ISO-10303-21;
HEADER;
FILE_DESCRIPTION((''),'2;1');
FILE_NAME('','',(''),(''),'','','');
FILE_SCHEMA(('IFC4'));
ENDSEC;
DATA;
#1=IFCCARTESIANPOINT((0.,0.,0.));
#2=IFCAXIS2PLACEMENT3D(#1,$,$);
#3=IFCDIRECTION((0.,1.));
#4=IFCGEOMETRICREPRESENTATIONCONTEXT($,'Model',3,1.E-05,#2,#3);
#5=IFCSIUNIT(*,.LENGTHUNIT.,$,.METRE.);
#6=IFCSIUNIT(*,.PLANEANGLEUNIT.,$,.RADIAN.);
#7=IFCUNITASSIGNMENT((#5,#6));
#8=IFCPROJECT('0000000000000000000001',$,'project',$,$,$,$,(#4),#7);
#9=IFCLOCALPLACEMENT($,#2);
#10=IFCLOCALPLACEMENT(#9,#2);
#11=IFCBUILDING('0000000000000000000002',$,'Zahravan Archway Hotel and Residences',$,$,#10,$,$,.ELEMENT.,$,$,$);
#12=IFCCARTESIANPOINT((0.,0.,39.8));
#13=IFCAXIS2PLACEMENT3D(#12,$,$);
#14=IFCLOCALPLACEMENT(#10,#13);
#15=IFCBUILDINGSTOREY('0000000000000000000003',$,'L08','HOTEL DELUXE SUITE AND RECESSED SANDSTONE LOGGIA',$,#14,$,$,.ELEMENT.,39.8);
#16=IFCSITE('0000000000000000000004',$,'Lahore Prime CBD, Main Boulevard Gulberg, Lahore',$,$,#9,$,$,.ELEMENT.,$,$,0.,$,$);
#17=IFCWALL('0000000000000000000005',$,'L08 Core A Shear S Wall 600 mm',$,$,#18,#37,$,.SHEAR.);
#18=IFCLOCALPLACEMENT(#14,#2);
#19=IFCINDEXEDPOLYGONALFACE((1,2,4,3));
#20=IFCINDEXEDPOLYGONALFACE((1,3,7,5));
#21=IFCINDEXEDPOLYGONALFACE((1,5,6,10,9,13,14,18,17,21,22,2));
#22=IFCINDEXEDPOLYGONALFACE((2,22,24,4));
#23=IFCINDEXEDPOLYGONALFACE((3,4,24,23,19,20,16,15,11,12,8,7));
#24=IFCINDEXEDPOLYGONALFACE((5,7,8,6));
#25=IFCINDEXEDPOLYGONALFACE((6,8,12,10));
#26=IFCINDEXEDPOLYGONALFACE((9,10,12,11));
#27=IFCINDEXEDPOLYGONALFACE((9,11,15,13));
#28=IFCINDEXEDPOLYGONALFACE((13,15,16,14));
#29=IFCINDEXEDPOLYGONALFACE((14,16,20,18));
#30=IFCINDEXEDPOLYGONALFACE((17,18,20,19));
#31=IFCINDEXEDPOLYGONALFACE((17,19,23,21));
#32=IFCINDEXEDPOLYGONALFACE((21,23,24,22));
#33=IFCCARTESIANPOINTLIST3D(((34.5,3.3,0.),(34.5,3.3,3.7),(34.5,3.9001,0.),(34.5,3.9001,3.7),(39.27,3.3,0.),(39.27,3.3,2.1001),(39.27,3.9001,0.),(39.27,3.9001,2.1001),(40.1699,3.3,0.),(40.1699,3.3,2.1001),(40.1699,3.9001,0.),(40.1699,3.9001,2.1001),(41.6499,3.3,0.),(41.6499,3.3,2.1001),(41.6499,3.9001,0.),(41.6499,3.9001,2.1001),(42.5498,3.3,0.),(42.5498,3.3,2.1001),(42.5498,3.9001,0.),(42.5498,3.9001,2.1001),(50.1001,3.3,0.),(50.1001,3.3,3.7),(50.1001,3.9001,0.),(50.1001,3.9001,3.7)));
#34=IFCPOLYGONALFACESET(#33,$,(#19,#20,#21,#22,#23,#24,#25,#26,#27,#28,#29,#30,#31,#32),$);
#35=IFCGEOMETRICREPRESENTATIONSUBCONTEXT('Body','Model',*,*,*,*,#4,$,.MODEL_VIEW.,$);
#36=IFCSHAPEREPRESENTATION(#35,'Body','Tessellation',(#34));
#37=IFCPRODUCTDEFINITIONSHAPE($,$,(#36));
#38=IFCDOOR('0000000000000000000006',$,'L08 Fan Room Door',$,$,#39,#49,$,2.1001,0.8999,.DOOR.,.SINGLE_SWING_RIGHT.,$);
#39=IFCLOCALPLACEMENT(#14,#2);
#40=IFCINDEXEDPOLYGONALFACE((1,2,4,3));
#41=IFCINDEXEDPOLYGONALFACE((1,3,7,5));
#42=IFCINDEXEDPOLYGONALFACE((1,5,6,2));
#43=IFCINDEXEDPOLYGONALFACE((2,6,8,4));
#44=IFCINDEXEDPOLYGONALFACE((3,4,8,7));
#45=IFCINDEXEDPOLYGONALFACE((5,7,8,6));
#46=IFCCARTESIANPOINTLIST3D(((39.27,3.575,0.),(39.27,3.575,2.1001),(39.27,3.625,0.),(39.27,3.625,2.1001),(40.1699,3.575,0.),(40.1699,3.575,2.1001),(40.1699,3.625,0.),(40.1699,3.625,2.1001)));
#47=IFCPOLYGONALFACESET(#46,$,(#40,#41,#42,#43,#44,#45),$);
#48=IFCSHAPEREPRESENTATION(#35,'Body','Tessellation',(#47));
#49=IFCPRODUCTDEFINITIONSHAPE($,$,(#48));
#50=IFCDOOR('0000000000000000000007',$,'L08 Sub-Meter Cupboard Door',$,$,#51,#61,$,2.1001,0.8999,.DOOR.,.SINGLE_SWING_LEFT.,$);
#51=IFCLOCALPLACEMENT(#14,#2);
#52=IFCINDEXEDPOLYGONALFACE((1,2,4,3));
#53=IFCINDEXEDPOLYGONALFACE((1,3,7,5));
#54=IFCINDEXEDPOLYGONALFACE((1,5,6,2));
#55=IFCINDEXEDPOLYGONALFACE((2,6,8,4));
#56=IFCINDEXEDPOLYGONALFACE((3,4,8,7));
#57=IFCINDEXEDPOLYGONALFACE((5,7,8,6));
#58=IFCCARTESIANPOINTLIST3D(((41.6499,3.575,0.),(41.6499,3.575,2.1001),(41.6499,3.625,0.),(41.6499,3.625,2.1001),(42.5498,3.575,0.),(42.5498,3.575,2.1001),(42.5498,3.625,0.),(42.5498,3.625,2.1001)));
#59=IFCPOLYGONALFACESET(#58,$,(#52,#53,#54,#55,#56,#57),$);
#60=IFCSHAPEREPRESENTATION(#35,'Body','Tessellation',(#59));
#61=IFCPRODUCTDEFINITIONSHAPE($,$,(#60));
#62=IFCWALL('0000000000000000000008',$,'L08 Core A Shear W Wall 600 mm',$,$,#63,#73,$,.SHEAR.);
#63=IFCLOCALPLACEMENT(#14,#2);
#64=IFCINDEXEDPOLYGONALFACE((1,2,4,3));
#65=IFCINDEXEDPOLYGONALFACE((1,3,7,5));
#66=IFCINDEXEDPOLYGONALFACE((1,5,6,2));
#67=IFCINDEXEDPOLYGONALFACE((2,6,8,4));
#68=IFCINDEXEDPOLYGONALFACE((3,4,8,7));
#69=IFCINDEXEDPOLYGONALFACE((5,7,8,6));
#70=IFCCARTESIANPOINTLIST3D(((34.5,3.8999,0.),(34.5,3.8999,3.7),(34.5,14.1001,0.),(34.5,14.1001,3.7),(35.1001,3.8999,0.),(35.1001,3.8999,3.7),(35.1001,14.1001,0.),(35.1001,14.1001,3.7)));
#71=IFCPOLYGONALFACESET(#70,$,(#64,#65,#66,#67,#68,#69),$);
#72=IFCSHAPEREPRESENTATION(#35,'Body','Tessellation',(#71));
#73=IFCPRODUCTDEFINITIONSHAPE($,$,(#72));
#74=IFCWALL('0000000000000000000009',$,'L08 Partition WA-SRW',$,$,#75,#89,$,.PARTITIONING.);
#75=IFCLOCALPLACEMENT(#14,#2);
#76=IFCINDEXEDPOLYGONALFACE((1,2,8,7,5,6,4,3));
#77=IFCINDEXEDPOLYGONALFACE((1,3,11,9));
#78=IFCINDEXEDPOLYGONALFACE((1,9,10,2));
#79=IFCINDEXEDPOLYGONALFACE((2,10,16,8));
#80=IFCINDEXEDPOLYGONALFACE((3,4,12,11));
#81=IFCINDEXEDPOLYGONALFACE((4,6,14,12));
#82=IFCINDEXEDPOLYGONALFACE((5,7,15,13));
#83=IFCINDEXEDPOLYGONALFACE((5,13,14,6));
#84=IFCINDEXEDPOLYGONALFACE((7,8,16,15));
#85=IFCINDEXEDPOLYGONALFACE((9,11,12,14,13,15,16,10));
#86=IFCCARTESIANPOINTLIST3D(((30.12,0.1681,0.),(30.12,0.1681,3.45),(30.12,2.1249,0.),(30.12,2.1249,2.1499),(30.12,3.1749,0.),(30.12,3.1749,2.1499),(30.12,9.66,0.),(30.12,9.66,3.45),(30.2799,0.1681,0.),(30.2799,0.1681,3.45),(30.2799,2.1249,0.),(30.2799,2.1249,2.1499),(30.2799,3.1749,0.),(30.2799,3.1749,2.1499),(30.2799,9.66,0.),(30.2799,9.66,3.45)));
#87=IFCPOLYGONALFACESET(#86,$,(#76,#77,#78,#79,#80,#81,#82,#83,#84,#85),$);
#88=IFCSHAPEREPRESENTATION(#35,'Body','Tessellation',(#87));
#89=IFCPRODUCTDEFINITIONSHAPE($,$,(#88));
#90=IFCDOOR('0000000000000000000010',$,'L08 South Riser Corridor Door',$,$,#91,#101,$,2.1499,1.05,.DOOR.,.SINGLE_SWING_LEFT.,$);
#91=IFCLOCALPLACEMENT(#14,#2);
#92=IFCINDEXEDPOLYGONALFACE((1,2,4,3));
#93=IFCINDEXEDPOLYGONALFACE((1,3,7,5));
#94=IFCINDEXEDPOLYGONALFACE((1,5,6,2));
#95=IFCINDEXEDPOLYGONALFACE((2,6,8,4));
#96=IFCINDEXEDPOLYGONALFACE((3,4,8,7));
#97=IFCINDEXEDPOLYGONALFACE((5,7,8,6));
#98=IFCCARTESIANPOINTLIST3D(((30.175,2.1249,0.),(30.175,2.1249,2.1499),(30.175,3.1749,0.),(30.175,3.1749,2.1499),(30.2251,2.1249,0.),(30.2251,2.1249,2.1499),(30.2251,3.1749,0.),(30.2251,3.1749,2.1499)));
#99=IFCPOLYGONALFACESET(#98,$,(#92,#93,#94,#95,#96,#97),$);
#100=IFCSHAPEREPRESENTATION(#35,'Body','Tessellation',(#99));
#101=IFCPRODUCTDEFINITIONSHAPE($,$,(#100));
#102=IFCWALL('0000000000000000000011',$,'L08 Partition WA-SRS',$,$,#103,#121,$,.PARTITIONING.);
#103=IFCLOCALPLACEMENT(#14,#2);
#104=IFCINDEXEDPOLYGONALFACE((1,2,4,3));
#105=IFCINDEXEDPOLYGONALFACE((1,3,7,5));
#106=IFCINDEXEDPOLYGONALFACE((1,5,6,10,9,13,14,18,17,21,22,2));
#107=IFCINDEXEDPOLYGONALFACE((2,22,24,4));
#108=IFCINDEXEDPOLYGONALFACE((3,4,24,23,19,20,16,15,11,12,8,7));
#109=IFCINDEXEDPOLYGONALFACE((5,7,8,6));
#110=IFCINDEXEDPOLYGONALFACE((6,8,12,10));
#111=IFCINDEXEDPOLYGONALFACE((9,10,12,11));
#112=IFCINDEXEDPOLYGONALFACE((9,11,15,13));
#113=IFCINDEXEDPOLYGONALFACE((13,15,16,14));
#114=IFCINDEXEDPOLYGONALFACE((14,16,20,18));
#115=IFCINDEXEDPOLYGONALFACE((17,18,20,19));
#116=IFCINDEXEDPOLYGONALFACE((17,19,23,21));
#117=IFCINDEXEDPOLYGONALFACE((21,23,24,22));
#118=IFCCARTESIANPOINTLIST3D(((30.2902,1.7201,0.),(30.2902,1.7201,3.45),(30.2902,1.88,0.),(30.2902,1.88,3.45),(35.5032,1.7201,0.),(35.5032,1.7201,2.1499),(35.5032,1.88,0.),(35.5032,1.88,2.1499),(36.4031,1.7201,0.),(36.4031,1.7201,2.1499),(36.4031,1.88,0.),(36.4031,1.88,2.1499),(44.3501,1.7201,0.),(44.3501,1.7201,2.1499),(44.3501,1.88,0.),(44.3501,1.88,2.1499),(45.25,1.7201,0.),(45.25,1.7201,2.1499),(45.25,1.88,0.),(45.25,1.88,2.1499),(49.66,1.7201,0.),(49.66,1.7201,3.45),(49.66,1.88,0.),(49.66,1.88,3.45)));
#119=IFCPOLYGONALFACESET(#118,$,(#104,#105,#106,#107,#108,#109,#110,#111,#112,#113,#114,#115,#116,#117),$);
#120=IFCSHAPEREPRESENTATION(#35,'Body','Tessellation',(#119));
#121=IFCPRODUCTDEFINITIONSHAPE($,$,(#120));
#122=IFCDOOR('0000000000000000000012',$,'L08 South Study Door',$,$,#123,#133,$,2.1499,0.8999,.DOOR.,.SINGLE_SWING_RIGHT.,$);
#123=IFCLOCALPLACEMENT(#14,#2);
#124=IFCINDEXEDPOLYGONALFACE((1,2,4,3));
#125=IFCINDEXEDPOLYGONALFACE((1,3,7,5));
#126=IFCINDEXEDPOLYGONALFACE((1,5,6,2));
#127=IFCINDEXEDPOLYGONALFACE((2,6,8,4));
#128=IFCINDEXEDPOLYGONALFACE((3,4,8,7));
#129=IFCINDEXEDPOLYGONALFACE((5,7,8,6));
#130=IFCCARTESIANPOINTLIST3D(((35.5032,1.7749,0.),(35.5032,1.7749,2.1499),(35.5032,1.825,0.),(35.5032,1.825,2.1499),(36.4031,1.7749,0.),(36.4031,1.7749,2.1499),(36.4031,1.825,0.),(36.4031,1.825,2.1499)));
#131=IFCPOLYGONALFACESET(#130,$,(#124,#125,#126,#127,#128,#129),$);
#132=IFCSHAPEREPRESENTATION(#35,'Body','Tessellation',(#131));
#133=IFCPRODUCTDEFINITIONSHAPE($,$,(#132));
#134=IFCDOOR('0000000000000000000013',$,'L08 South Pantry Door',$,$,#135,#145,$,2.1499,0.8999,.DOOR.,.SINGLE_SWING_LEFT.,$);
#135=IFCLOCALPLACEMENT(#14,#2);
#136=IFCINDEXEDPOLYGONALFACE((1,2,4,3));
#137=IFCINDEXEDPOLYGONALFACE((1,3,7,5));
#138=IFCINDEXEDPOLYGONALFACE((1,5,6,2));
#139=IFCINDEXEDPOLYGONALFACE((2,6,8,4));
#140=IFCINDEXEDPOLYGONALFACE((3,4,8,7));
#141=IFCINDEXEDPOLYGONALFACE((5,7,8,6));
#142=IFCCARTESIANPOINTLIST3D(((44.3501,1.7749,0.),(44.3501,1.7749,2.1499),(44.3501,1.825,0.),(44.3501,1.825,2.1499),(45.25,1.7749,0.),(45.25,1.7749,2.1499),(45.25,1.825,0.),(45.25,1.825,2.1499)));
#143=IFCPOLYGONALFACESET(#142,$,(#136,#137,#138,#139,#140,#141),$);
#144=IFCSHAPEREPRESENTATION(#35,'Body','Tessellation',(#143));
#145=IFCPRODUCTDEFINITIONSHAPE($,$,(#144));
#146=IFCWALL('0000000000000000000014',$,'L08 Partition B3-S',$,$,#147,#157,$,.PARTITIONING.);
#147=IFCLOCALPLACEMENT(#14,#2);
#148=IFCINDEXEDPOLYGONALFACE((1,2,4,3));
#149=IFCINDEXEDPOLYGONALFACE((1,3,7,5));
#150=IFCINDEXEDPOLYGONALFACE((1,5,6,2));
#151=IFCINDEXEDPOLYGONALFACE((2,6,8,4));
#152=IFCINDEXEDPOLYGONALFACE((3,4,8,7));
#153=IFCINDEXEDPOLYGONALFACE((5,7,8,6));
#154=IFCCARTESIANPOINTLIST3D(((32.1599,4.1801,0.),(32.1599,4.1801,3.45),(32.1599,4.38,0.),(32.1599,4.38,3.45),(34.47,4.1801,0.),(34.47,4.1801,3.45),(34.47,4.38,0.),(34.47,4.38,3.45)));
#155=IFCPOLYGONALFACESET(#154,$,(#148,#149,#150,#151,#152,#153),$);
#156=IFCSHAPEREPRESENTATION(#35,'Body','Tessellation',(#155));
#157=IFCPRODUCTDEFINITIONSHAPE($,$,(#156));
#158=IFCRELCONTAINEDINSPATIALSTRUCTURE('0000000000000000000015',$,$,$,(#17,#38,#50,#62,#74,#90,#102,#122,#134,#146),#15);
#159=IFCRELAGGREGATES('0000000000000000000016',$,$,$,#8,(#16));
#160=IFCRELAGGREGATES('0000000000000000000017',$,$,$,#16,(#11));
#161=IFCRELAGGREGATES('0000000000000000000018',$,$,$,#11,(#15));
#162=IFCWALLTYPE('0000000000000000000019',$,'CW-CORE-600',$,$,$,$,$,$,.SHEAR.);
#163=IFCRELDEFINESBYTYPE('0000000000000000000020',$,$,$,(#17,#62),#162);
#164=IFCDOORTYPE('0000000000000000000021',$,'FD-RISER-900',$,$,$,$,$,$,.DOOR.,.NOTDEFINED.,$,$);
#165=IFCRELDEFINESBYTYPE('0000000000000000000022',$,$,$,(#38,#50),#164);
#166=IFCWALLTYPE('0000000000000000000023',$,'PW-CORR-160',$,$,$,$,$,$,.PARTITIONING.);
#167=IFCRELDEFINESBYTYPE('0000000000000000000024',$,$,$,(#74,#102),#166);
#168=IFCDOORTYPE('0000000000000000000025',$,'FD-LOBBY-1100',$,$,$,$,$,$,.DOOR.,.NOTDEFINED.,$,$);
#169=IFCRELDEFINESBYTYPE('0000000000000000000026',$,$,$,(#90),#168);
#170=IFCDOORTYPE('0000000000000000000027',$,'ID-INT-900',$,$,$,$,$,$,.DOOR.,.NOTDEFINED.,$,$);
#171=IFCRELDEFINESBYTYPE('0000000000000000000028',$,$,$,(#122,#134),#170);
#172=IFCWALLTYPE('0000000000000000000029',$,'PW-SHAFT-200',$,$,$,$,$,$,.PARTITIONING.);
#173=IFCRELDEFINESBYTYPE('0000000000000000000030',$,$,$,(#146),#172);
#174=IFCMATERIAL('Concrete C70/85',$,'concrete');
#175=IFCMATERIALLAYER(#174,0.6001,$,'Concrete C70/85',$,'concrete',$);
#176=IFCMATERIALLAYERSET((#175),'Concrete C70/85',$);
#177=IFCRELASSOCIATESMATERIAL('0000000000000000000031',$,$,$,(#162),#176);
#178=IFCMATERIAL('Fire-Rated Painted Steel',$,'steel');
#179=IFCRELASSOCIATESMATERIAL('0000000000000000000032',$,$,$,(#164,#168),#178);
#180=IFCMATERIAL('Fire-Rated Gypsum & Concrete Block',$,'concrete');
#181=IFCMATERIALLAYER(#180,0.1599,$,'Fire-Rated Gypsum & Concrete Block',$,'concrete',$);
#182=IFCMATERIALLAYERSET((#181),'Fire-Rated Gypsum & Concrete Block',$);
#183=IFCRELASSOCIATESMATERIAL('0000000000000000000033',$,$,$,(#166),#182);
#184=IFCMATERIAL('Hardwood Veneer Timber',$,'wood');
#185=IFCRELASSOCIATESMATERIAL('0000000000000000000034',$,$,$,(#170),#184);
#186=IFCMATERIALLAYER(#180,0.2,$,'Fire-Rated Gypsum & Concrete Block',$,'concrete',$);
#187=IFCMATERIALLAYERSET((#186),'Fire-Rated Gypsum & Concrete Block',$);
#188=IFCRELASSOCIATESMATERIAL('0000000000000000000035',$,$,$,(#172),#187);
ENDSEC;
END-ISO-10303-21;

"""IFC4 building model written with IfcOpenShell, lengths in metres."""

from ifc_helpers import new_model, si_unit, direction, frame, frame_2d, origin, place, context, subcontext, project, spatial, rectangle, extrude, source, transform, mapped, material, layer, layer_set, type_object, type_shapes, element, fill, save


model = new_model("IFC4")

# Units and contexts
model_context = context("Model", 3, precision=1e-05, world=origin(), true_north=direction((0.0, 1.0)))
body_context = subcontext(model_context, "Body", "Model", "MODEL_VIEW")
ifc_project = project(units=[si_unit("LENGTHUNIT", "METRE"), si_unit("PLANEANGLEUNIT", "RADIAN")], contexts=[model_context])

# Site, building, storey
site_placement = place(None, origin())
site = spatial("IfcSite", under=ifc_project, at=site_placement, Name="Lahore Prime CBD, Main Boulevard Gulberg, Lahore", CompositionType="ELEMENT", RefElevation=0.0)
building_placement = place(site_placement, origin())
building = spatial("IfcBuilding", under=site, at=building_placement, Name="Zahravan Archway Hotel and Residences", CompositionType="ELEMENT")
storey_placement = place(building_placement, frame((0.0, 0.0, 39.8)))
storey = spatial("IfcBuildingStorey", under=building, at=storey_placement, Name="L08", Description="HOTEL DELUXE SUITE AND RECESSED SANDSTONE LOGGIA", CompositionType="ELEMENT", Elevation=39.8)

# Shared definitions
ifc_material_1 = material(Name="Concrete C70/85", Category="concrete")

# Wall, openings, doors
ifc_layer_1 = layer(ifc_material_1, 0.6001, Name="Concrete C70/85", Category="concrete")
ifc_layer_set_1 = layer_set([ifc_layer_1], Name="Concrete C70/85")
wall_type_1 = type_object("IfcWallType", Name="CW-CORE-600", PredefinedType="SHEAR", material=ifc_layer_set_1)
wall_1_placement = place(storey_placement, frame((34.5, 3.6001, 0.0), z_axis=(0.0, 0.0, 1.0), x_axis=(1.0, 0.0, 0.0)))
wall_1 = element("IfcWall", 1, at=wall_1_placement, inside=storey, type_object=wall_type_1, Name="L08 Core A Shear S Wall 600 mm", PredefinedType="SHEAR", context=body_context, shape_type="SweptSolid", body=[
    extrude(rectangle(XDim=15.6001, YDim=0.6001, at=frame_2d((7.8, 0.0))), origin(), (0.0, 0.0, 1.0), 3.7),
])
opening_1_placement = place(wall_1_placement, frame((4.77, 0.0, 0.0)))
opening_1 = element("IfcOpeningElement", 2, at=opening_1_placement, cuts=wall_1, PredefinedType="OPENING", context=body_context, shape_type="SweptSolid", body=[
    extrude(rectangle(XDim=0.8999, YDim=2.1001, at=frame_2d((0.45, 1.05))), frame((0.0, 0.3101, 0.0), z_axis=(0.0, -1.0, 0.0), x_axis=(1.0, 0.0, 0.0)), (0.0, 0.0, 1.0), 0.6201),
])
opening_2_placement = place(wall_1_placement, frame((7.1499, 0.0, 0.0)))
opening_2 = element("IfcOpeningElement", 3, at=opening_2_placement, cuts=wall_1, PredefinedType="OPENING", context=body_context, shape_type="SweptSolid", body=[
    extrude(rectangle(XDim=0.8999, YDim=2.1001, at=frame_2d((0.45, 1.05))), frame((0.0, 0.3101, 0.0), z_axis=(0.0, -1.0, 0.0), x_axis=(1.0, 0.0, 0.0)), (0.0, 0.0, 1.0), 0.6201),
])
ifc_material_2 = material(Name="Fire-Rated Painted Steel", Category="steel")
door_type_1 = type_object("IfcDoorType", Name="FD-RISER-900", OperationType="NOTDEFINED", PredefinedType="DOOR", material=ifc_material_2)
shared_shape_1 = source(origin(), body_context, "Body", "SweptSolid", [
    extrude(rectangle(XDim=0.8999, YDim=2.1001, at=frame_2d((0.45, 1.05))), frame((0.0, 0.0249, 0.0), z_axis=(0.0, -1.0, 0.0), x_axis=(1.0, 0.0, 0.0)), (0.0, 0.0, 1.0), 0.05),
])
type_shapes(door_type_1, [shared_shape_1])
door_1_placement = place(opening_1_placement, origin())
door_1 = element("IfcDoor", 4, at=door_1_placement, inside=storey, type_object=door_type_1, Name="L08 Fan Room Door", OperationType="SINGLE_SWING_RIGHT", OverallHeight=2.1001, OverallWidth=0.8999, PredefinedType="DOOR", context=body_context, shape_type="MappedRepresentation", body=[
    mapped(shared_shape_1, transform((0.0, 0.0, 0.0), scale=1.0)),
])
fill(opening_1, door_1)
door_2_placement = place(opening_2_placement, origin())
door_2 = element("IfcDoor", 5, at=door_2_placement, inside=storey, type_object=door_type_1, Name="L08 Sub-Meter Cupboard Door", OperationType="SINGLE_SWING_LEFT", OverallHeight=2.1001, OverallWidth=0.8999, PredefinedType="DOOR", context=body_context, shape_type="MappedRepresentation", body=[
    mapped(shared_shape_1, transform((0.0, 0.0, 0.0), scale=1.0)),
])
fill(opening_2, door_2)

# Wall
wall_2_placement = place(storey_placement, frame((34.8, 3.8999, 0.0), z_axis=(0.0, 0.0, 1.0), x_axis=(0.0, 1.0, 0.0)))
element("IfcWall", 6, at=wall_2_placement, inside=storey, type_object=wall_type_1, Name="L08 Core A Shear W Wall 600 mm", PredefinedType="SHEAR", context=body_context, shape_type="SweptSolid", body=[
    extrude(rectangle(XDim=10.2002, YDim=0.6001, at=frame_2d((5.1001, 0.0))), origin(), (0.0, 0.0, 1.0), 3.7),
])

# Wall, opening, door
ifc_material_3 = material(Name="Fire-Rated Gypsum & Concrete Block", Category="concrete")
ifc_layer_2 = layer(ifc_material_3, 0.1599, Name="Fire-Rated Gypsum & Concrete Block", Category="concrete")
ifc_layer_set_2 = layer_set([ifc_layer_2], Name="Fire-Rated Gypsum & Concrete Block")
wall_type_2 = type_object("IfcWallType", Name="PW-CORR-160", PredefinedType="PARTITIONING", material=ifc_layer_set_2)
wall_3_placement = place(storey_placement, frame((30.2, 0.168, 0.0), z_axis=(0.0, 0.0, 1.0), x_axis=(0.0, 1.0, 0.0)))
wall_3 = element("IfcWall", 7, at=wall_3_placement, inside=storey, type_object=wall_type_2, Name="L08 Partition WA-SRW", PredefinedType="PARTITIONING", context=body_context, shape_type="SweptSolid", body=[
    extrude(rectangle(XDim=9.4919, YDim=0.1599, at=frame_2d((4.7461, 0.0))), origin(), (0.0, 0.0, 1.0), 3.45),
])
opening_3_placement = place(wall_3_placement, frame((1.957, 0.0, 0.0)))
opening_3 = element("IfcOpeningElement", 8, at=opening_3_placement, cuts=wall_3, PredefinedType="OPENING", context=body_context, shape_type="SweptSolid", body=[
    extrude(rectangle(XDim=1.05, YDim=2.1499, at=frame_2d((0.5249, 1.075))), frame((0.0, 0.0898, 0.0), z_axis=(0.0, -1.0, 0.0), x_axis=(1.0, 0.0, 0.0)), (0.0, 0.0, 1.0), 0.1799),
])
door_type_2 = type_object("IfcDoorType", Name="FD-LOBBY-1100", OperationType="NOTDEFINED", PredefinedType="DOOR", material=ifc_material_2)
shared_shape_2 = source(origin(), body_context, "Body", "SweptSolid", [
    extrude(rectangle(XDim=1.05, YDim=2.1499, at=frame_2d((0.5249, 1.075))), frame((0.0, 0.0249, 0.0), z_axis=(0.0, -1.0, 0.0), x_axis=(1.0, 0.0, 0.0)), (0.0, 0.0, 1.0), 0.05),
])
type_shapes(door_type_2, [shared_shape_2])
door_3_placement = place(opening_3_placement, origin())
door_3 = element("IfcDoor", 9, at=door_3_placement, inside=storey, type_object=door_type_2, Name="L08 South Riser Corridor Door", OperationType="SINGLE_SWING_LEFT", OverallHeight=2.1499, OverallWidth=1.05, PredefinedType="DOOR", context=body_context, shape_type="MappedRepresentation", body=[
    mapped(shared_shape_2, transform((0.0, 0.0, 0.0), scale=1.0)),
])
fill(opening_3, door_3)

# Wall, openings, doors
wall_4_placement = place(storey_placement, frame((30.29, 1.8, 0.0), z_axis=(0.0, 0.0, 1.0), x_axis=(1.0, 0.0, 0.0)))
wall_4 = element("IfcWall", 10, at=wall_4_placement, inside=storey, type_object=wall_type_2, Name="L08 Partition WA-SRS", PredefinedType="PARTITIONING", context=body_context, shape_type="SweptSolid", body=[
    extrude(rectangle(XDim=19.3699, YDim=0.1599, at=frame_2d((9.6851, 0.0))), origin(), (0.0, 0.0, 1.0), 3.45),
])
opening_4_placement = place(wall_4_placement, frame((5.2131, 0.0, 0.0)))
opening_4 = element("IfcOpeningElement", 11, at=opening_4_placement, cuts=wall_4, PredefinedType="OPENING", context=body_context, shape_type="SweptSolid", body=[
    extrude(rectangle(XDim=0.8999, YDim=2.1499, at=frame_2d((0.45, 1.075))), frame((0.0, 0.0898, 0.0), z_axis=(0.0, -1.0, 0.0), x_axis=(1.0, 0.0, 0.0)), (0.0, 0.0, 1.0), 0.1799),
])
opening_5_placement = place(wall_4_placement, frame((14.0601, 0.0, 0.0)))
opening_5 = element("IfcOpeningElement", 12, at=opening_5_placement, cuts=wall_4, PredefinedType="OPENING", context=body_context, shape_type="SweptSolid", body=[
    extrude(rectangle(XDim=0.8999, YDim=2.1499, at=frame_2d((0.45, 1.075))), frame((0.0, 0.0898, 0.0), z_axis=(0.0, -1.0, 0.0), x_axis=(1.0, 0.0, 0.0)), (0.0, 0.0, 1.0), 0.1799),
])
ifc_material_4 = material(Name="Hardwood Veneer Timber", Category="wood")
door_type_3 = type_object("IfcDoorType", Name="ID-INT-900", OperationType="NOTDEFINED", PredefinedType="DOOR", material=ifc_material_4)
shared_shape_3 = source(origin(), body_context, "Body", "SweptSolid", [
    extrude(rectangle(XDim=0.8999, YDim=2.1499, at=frame_2d((0.45, 1.075))), frame((0.0, 0.0249, 0.0), z_axis=(0.0, -1.0, 0.0), x_axis=(1.0, 0.0, 0.0)), (0.0, 0.0, 1.0), 0.05),
])
type_shapes(door_type_3, [shared_shape_3])
door_4_placement = place(opening_4_placement, origin())
door_4 = element("IfcDoor", 13, at=door_4_placement, inside=storey, type_object=door_type_3, Name="L08 South Study Door", OperationType="SINGLE_SWING_RIGHT", OverallHeight=2.1499, OverallWidth=0.8999, PredefinedType="DOOR", context=body_context, shape_type="MappedRepresentation", body=[
    mapped(shared_shape_3, transform((0.0, 0.0, 0.0), scale=1.0)),
])
fill(opening_4, door_4)
door_5_placement = place(opening_5_placement, origin())
door_5 = element("IfcDoor", 14, at=door_5_placement, inside=storey, type_object=door_type_3, Name="L08 South Pantry Door", OperationType="SINGLE_SWING_LEFT", OverallHeight=2.1499, OverallWidth=0.8999, PredefinedType="DOOR", context=body_context, shape_type="MappedRepresentation", body=[
    mapped(shared_shape_3, transform((0.0, 0.0, 0.0), scale=1.0)),
])
fill(opening_5, door_5)

# Wall
ifc_layer_3 = layer(ifc_material_3, 0.2, Name="Fire-Rated Gypsum & Concrete Block", Category="concrete")
ifc_layer_set_3 = layer_set([ifc_layer_3], Name="Fire-Rated Gypsum & Concrete Block")
wall_type_3 = type_object("IfcWallType", Name="PW-SHAFT-200", PredefinedType="PARTITIONING", material=ifc_layer_set_3)
wall_5_placement = place(storey_placement, frame((32.1599, 4.28, 0.0), z_axis=(0.0, 0.0, 1.0), x_axis=(1.0, 0.0, 0.0)))
element("IfcWall", 15, at=wall_5_placement, inside=storey, type_object=wall_type_3, Name="L08 Partition B3-S", PredefinedType="PARTITIONING", context=body_context, shape_type="SweptSolid", body=[
    extrude(rectangle(XDim=2.3101, YDim=0.2, at=frame_2d((1.155, 0.0))), origin(), (0.0, 0.0, 1.0), 3.45),
])

save(model, "model.ifc")
